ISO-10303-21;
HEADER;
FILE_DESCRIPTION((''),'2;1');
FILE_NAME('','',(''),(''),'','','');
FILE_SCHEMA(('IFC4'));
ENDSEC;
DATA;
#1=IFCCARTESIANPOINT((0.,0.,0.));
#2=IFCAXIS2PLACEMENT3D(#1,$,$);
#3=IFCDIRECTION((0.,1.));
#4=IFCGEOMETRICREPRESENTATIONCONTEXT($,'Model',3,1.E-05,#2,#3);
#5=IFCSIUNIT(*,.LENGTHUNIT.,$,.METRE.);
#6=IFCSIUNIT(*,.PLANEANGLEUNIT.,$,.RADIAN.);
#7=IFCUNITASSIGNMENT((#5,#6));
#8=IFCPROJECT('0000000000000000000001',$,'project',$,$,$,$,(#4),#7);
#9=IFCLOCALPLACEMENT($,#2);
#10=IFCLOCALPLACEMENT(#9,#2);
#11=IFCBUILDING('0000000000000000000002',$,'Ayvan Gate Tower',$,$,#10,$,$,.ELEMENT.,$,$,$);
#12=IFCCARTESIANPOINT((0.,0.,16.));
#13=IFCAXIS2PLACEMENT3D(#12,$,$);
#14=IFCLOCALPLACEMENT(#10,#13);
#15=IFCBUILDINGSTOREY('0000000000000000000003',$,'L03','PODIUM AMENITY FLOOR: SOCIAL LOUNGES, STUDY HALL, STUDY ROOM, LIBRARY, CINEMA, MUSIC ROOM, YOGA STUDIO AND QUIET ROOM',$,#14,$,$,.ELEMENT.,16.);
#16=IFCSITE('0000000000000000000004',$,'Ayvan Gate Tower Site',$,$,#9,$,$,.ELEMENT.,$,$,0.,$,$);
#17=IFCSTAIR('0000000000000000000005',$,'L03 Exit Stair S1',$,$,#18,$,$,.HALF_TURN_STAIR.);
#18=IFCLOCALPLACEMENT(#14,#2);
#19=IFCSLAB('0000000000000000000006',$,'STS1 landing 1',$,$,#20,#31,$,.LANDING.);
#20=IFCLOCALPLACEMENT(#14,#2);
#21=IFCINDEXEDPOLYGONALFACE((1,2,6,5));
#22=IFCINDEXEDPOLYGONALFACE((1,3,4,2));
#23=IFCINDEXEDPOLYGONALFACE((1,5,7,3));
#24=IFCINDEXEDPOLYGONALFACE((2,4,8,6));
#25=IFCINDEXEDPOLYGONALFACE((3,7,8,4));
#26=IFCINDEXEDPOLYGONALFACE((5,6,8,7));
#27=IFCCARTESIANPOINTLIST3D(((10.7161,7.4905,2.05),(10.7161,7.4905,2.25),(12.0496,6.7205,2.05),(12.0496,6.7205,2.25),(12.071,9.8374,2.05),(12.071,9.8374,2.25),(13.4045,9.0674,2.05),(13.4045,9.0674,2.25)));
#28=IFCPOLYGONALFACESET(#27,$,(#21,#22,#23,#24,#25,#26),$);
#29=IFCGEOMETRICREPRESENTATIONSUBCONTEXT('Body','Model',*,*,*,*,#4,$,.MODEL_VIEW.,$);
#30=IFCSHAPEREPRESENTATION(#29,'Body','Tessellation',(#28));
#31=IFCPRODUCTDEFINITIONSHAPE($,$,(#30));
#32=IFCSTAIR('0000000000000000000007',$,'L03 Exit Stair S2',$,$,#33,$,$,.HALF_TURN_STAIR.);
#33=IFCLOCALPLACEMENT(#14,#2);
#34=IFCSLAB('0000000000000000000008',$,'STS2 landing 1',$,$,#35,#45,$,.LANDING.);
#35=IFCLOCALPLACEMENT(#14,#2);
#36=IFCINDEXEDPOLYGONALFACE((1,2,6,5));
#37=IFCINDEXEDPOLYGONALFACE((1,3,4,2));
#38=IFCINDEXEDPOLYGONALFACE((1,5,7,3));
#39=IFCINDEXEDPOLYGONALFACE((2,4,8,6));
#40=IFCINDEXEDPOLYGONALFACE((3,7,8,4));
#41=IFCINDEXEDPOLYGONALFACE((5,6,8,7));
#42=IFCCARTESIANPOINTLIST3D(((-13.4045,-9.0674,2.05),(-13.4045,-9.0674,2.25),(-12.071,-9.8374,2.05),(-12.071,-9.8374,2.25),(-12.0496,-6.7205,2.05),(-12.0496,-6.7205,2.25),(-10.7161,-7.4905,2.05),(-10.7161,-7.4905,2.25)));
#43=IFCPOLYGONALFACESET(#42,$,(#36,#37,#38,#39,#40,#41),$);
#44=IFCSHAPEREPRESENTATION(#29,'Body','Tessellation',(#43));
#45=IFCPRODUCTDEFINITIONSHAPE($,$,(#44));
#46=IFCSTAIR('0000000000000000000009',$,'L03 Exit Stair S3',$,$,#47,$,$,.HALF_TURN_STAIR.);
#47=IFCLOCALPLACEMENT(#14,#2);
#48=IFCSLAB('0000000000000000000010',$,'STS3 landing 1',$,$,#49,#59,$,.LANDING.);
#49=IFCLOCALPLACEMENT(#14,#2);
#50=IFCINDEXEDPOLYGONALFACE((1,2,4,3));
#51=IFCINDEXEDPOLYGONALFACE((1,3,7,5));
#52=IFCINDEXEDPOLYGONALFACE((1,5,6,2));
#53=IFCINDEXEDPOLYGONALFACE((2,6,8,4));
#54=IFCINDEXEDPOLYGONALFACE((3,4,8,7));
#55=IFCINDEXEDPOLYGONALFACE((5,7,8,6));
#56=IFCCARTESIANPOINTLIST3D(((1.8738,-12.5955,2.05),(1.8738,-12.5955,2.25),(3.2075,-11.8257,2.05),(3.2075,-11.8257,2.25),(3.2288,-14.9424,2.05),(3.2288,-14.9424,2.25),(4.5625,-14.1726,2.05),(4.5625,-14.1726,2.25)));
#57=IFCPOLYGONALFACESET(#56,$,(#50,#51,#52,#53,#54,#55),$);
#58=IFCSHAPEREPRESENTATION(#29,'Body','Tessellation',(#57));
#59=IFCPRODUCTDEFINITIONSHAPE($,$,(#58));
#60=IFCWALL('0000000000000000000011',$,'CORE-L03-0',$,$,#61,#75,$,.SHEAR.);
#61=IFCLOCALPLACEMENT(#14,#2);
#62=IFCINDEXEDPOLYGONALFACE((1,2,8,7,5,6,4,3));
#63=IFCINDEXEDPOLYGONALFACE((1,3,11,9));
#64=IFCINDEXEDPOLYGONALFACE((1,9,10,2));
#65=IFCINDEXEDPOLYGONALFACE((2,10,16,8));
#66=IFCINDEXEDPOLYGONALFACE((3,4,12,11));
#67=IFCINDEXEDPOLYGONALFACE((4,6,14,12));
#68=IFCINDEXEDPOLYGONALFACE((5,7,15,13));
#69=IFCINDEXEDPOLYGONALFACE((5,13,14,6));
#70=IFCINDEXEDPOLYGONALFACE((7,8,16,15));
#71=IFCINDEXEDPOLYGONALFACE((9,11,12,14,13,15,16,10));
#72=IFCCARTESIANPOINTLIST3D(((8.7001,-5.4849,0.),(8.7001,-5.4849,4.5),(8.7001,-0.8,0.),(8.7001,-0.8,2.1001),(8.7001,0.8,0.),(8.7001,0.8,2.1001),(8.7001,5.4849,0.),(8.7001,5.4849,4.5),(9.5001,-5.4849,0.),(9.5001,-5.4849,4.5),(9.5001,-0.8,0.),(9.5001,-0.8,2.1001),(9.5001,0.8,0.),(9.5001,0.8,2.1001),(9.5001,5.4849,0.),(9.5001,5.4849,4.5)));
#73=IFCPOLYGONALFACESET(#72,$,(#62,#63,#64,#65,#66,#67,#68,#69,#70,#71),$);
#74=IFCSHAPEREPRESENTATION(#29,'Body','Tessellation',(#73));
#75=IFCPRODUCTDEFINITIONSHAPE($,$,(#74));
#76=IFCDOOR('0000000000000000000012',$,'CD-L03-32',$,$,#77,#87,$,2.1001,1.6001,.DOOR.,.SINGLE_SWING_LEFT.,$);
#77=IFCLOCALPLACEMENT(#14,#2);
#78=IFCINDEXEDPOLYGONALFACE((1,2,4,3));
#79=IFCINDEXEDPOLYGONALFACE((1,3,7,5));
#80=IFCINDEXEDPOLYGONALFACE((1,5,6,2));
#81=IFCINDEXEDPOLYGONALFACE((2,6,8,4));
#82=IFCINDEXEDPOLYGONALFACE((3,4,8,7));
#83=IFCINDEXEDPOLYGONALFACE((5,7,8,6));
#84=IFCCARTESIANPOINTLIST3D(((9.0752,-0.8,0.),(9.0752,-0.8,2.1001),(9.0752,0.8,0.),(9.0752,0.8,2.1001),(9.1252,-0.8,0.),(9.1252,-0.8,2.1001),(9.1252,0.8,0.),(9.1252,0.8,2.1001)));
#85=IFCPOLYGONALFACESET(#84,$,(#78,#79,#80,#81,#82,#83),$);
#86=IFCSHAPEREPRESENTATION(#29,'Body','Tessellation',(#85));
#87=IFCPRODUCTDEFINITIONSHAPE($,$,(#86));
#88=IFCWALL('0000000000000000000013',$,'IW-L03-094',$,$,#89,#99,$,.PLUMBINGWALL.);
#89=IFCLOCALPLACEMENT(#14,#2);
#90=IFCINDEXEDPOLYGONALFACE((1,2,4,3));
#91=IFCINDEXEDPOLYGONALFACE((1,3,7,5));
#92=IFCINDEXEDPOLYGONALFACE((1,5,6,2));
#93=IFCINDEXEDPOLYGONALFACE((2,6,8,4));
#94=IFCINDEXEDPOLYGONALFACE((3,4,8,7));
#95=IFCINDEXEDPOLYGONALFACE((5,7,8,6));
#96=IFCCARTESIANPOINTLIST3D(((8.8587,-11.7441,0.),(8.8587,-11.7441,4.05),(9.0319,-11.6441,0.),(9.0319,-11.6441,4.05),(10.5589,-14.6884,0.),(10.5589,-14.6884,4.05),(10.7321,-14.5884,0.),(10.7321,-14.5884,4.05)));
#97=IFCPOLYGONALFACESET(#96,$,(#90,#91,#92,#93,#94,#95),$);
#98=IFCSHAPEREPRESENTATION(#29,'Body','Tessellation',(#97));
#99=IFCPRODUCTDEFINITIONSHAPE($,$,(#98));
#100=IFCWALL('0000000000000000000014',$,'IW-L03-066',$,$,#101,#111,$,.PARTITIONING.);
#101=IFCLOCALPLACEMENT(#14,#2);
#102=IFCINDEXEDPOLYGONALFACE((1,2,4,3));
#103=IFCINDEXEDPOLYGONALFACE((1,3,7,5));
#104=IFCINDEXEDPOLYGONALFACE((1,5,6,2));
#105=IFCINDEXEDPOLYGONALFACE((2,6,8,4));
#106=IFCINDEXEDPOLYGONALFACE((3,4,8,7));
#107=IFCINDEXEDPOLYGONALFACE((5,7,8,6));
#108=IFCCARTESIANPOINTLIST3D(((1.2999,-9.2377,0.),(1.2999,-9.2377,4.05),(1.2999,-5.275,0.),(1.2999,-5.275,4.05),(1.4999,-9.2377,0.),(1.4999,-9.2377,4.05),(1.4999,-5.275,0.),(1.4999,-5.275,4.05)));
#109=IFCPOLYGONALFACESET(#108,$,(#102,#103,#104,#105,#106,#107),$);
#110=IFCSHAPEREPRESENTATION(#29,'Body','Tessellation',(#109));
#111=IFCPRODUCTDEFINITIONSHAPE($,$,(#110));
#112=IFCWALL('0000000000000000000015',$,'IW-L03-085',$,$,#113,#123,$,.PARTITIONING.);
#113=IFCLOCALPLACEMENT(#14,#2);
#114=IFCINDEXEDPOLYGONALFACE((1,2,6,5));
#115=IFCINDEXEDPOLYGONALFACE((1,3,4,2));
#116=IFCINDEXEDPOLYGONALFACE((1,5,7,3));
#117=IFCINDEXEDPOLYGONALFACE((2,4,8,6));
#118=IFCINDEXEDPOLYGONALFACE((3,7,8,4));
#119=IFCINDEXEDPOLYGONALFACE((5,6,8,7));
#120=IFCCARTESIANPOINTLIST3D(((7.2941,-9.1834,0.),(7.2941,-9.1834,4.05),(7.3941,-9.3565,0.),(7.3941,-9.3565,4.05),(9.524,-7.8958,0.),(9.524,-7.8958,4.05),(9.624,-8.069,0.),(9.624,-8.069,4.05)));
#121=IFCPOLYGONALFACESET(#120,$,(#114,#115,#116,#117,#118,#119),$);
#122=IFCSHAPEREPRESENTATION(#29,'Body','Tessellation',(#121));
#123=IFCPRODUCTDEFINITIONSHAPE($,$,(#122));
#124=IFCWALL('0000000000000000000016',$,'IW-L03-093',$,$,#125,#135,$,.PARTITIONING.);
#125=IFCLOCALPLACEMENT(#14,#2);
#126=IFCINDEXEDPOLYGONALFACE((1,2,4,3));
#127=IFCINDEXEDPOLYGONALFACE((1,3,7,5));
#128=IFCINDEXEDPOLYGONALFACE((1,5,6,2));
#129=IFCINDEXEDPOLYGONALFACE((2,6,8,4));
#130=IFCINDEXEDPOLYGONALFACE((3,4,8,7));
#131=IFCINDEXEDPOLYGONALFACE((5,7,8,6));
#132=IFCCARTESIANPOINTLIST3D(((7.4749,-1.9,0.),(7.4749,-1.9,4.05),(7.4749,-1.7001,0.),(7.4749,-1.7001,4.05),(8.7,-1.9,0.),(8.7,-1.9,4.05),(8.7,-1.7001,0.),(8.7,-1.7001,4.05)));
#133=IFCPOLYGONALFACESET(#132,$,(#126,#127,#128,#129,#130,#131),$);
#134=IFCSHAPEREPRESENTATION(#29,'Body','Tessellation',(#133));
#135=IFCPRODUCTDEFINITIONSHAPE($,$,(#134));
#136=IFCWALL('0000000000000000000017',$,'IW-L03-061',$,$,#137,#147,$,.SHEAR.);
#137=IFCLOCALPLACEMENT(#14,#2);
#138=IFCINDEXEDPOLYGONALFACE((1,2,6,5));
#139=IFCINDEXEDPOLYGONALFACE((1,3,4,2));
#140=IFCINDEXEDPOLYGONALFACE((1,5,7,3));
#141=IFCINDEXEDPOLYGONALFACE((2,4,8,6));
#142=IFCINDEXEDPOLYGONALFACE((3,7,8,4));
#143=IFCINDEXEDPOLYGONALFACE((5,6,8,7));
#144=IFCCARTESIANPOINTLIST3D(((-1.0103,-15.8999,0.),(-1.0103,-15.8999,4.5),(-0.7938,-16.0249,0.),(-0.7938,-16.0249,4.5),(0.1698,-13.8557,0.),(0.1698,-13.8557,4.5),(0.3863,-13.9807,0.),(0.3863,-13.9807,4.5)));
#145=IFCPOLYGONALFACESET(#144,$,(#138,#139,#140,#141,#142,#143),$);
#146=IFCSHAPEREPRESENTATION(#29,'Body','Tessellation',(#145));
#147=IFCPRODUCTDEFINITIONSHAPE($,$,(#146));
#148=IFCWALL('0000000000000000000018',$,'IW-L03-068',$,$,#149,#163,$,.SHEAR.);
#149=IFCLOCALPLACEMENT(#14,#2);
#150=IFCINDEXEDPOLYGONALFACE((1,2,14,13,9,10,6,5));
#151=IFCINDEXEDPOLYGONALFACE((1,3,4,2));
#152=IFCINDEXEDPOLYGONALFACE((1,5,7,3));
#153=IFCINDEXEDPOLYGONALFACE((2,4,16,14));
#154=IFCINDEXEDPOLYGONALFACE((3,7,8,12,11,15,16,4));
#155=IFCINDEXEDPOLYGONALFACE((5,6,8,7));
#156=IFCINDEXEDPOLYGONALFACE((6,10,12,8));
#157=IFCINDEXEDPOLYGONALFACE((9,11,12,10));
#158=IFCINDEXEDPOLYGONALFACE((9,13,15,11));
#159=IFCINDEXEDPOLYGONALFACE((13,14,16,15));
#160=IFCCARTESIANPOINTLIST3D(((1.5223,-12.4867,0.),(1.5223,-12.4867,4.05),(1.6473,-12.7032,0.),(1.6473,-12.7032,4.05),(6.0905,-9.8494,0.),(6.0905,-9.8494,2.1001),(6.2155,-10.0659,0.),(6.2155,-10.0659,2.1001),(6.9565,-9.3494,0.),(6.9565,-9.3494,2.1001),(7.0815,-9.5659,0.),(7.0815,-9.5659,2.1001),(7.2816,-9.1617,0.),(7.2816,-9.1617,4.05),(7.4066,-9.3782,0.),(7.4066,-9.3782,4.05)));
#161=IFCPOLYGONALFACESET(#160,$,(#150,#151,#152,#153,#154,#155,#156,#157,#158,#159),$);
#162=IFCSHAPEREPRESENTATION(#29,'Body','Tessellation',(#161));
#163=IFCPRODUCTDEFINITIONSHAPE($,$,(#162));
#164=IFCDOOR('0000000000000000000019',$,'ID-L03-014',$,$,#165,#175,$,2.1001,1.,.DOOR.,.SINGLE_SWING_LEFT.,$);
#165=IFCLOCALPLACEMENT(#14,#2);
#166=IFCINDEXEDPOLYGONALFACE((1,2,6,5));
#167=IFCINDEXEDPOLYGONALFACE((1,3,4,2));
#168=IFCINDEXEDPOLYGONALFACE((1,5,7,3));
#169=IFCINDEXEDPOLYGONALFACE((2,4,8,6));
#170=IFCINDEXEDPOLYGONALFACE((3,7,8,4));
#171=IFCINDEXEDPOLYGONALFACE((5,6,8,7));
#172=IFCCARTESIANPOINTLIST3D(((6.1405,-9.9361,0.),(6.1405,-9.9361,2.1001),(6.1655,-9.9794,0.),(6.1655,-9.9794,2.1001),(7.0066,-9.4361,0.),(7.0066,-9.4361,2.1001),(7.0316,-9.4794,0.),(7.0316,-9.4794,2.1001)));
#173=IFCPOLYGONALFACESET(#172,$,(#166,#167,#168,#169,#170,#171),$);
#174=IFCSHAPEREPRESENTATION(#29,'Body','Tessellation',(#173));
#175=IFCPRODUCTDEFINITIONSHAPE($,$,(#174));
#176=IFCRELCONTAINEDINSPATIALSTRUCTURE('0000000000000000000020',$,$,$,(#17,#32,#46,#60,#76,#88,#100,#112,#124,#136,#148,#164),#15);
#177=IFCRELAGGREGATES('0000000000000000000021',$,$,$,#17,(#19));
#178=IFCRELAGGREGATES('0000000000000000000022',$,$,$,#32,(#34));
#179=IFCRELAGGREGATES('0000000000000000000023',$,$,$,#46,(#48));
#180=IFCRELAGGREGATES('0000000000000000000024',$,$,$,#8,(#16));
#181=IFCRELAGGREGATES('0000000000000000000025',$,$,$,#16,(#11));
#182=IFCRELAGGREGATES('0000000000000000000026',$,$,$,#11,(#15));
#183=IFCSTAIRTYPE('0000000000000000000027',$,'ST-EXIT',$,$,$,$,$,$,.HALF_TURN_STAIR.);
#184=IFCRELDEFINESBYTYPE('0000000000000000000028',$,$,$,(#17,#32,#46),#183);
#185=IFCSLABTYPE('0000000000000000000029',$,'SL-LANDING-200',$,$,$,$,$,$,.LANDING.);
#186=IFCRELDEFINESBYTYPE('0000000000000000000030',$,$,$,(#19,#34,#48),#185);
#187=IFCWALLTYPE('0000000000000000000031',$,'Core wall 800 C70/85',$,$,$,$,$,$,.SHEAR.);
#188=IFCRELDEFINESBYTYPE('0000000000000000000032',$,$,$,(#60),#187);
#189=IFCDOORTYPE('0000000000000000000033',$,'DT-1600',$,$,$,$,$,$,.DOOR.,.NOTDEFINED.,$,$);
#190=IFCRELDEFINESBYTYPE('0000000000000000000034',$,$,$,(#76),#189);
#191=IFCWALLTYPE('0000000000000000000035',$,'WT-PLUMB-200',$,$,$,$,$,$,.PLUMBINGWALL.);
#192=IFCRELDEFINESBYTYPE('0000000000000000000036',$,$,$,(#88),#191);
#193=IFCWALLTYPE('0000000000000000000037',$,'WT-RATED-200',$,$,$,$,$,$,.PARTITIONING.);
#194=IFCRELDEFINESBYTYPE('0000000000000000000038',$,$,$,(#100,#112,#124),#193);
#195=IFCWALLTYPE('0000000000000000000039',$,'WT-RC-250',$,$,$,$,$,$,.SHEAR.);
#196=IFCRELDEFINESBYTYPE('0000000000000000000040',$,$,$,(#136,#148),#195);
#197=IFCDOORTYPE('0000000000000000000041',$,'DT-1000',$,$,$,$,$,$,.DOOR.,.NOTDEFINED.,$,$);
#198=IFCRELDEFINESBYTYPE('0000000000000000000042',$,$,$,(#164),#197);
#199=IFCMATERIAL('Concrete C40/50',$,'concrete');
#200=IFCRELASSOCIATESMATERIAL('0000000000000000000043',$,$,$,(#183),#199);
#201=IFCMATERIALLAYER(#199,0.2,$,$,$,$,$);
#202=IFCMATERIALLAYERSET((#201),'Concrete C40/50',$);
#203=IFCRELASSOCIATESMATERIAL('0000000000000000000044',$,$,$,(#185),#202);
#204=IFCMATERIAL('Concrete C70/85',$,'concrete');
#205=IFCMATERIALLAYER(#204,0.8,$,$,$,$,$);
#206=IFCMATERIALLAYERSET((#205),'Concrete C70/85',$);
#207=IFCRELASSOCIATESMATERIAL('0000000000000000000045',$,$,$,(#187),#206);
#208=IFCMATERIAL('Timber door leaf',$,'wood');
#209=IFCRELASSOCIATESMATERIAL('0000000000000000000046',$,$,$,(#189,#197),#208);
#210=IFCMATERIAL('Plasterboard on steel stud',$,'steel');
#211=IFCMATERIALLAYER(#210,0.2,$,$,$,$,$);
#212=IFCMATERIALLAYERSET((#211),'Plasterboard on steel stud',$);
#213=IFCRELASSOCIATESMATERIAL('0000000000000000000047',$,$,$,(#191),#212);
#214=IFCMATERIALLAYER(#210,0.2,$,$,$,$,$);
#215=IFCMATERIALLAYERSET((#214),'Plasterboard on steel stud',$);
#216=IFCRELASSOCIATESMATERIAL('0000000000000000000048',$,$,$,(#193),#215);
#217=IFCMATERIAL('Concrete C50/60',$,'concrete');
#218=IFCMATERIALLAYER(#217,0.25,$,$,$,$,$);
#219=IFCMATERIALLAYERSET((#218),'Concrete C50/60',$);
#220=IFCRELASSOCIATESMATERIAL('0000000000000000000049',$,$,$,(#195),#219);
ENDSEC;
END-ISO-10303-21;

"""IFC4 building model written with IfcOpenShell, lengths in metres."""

from ifc_helpers import new_model, si_unit, direction, frame, frame_2d, origin, place, context, subcontext, project, spatial, polyline, rectangle, outline, extrude, material, layer, layer_set, type_object, element, fill, aggregate, save


model = new_model("IFC4")

# Units and contexts
model_context = context("Model", 3, precision=1e-05, world=origin(), true_north=direction((0.0, 1.0)))
body_context = subcontext(model_context, "Body", "Model", "MODEL_VIEW")
ifc_project = project(units=[si_unit("LENGTHUNIT", "METRE"), si_unit("PLANEANGLEUNIT", "RADIAN")], contexts=[model_context])

# Site, building, storey
site_placement = place(None, origin())
site = spatial("IfcSite", under=ifc_project, at=site_placement, Name="Ayvan Gate Tower Site", CompositionType="ELEMENT", RefElevation=0.0)
building_placement = place(site_placement, origin())
building = spatial("IfcBuilding", under=site, at=building_placement, Name="Ayvan Gate Tower", CompositionType="ELEMENT")
storey_placement = place(building_placement, frame((0.0, 0.0, 16.0)))
storey = spatial("IfcBuildingStorey", under=building, at=storey_placement, Name="L03", Description="PODIUM AMENITY FLOOR: SOCIAL LOUNGES, STUDY HALL, STUDY ROOM, LIBRARY, CINEMA, MUSIC ROOM, YOGA STUDIO AND QUIET ROOM", CompositionType="ELEMENT", Elevation=16.0)

# Stairs, slabs
ifc_material_1 = material(Name="Concrete C40/50", Category="concrete")
stair_type = type_object("IfcStairType", Name="ST-EXIT", PredefinedType="HALF_TURN_STAIR", material=ifc_material_1)
stair_1_placement = place(storey_placement, origin())
stair_1 = element("IfcStair", 1, at=stair_1_placement, inside=storey, type_object=stair_type, Name="L03 Exit Stair S1", PredefinedType="HALF_TURN_STAIR")
ifc_layer_1 = layer(ifc_material_1, 0.2)
ifc_layer_set_1 = layer_set([ifc_layer_1], Name="Concrete C40/50")
slab_type = type_object("IfcSlabType", Name="SL-LANDING-200", PredefinedType="LANDING", material=ifc_layer_set_1)
slab_1_placement = place(storey_placement, frame((0.0, 0.0, 2.05)))
slab_1 = element("IfcSlab", 2, at=slab_1_placement, type_object=slab_type, Name="STS1 landing 1", PredefinedType="LANDING", context=body_context, shape_type="SweptSolid", body=[
    extrude(outline(polyline([(10.7161, 7.4905), (12.0496, 6.7205), (13.4045, 9.0674), (12.071, 9.8374), (10.7161, 7.4905)])), origin(), (0.0, 0.0, 1.0), 0.2),
])
aggregate(stair_1, [slab_1])
stair_2_placement = place(storey_placement, origin())
stair_2 = element("IfcStair", 3, at=stair_2_placement, inside=storey, type_object=stair_type, Name="L03 Exit Stair S2", PredefinedType="HALF_TURN_STAIR")
slab_2_placement = place(storey_placement, frame((0.0, 0.0, 2.05)))
slab_2 = element("IfcSlab", 4, at=slab_2_placement, type_object=slab_type, Name="STS2 landing 1", PredefinedType="LANDING", context=body_context, shape_type="SweptSolid", body=[
    extrude(outline(polyline([(-10.7161, -7.4905), (-12.0496, -6.7205), (-13.4045, -9.0674), (-12.071, -9.8374), (-10.7161, -7.4905)])), origin(), (0.0, 0.0, 1.0), 0.2),
])
aggregate(stair_2, [slab_2])
stair_3_placement = place(storey_placement, origin())
stair_3 = element("IfcStair", 5, at=stair_3_placement, inside=storey, type_object=stair_type, Name="L03 Exit Stair S3", PredefinedType="HALF_TURN_STAIR")
slab_3_placement = place(storey_placement, frame((0.0, 0.0, 2.05)))
slab_3 = element("IfcSlab", 6, at=slab_3_placement, type_object=slab_type, Name="STS3 landing 1", PredefinedType="LANDING", context=body_context, shape_type="SweptSolid", body=[
    extrude(outline(polyline([(3.2075, -11.8257), (1.8738, -12.5955), (3.2288, -14.9424), (4.5625, -14.1726), (3.2075, -11.8257)])), origin(), (0.0, 0.0, 1.0), 0.2),
])
aggregate(stair_3, [slab_3])

# Wall, opening, door
ifc_material_2 = material(Name="Concrete C70/85", Category="concrete")
ifc_layer_2 = layer(ifc_material_2, 0.8)
ifc_layer_set_2 = layer_set([ifc_layer_2], Name="Concrete C70/85")
wall_type_1 = type_object("IfcWallType", Name="Core wall 800 C70/85", PredefinedType="SHEAR", material=ifc_layer_set_2)
wall_1_placement = place(storey_placement, frame((9.1001, -5.4849, 0.0), z_axis=(0.0, 0.0, 1.0), x_axis=(0.0, 1.0, 0.0)))
wall_1 = element("IfcWall", 7, at=wall_1_placement, inside=storey, type_object=wall_type_1, Name="CORE-L03-0", PredefinedType="SHEAR", context=body_context, shape_type="SweptSolid", body=[
    extrude(rectangle(XDim=10.9697, YDim=0.8, at=frame_2d((5.4849, 0.0))), origin(), (0.0, 0.0, 1.0), 4.5),
])
opening_1_placement = place(wall_1_placement, frame((4.6848, 0.0, 0.0)))
opening_1 = element("IfcOpeningElement", 8, at=opening_1_placement, cuts=wall_1, PredefinedType="OPENING", context=body_context, shape_type="SweptSolid", body=[
    extrude(rectangle(XDim=1.6001, YDim=2.1001, at=frame_2d((0.8, 1.05))), frame((0.0, 0.4099, 0.0), z_axis=(0.0, -1.0, 0.0), x_axis=(1.0, 0.0, 0.0)), (0.0, 0.0, 1.0), 0.8201),
])
ifc_material_3 = material(Name="Timber door leaf", Category="wood")
door_type_1 = type_object("IfcDoorType", Name="DT-1600", OperationType="NOTDEFINED", PredefinedType="DOOR", material=ifc_material_3)
door_1_placement = place(opening_1_placement, origin())
door_1 = element("IfcDoor", 9, at=door_1_placement, inside=storey, type_object=door_type_1, Name="CD-L03-32", OperationType="SINGLE_SWING_LEFT", OverallHeight=2.1001, OverallWidth=1.6001, PredefinedType="DOOR", context=body_context, shape_type="SweptSolid", body=[
    extrude(rectangle(XDim=1.6001, YDim=2.1001, at=frame_2d((0.8, 1.05))), frame((0.0, 0.0249, 0.0), z_axis=(0.0, -1.0, 0.0), x_axis=(1.0, 0.0, 0.0)), (0.0, 0.0, 1.0), 0.05),
])
fill(opening_1, door_1)

# Walls
ifc_material_4 = material(Name="Plasterboard on steel stud", Category="steel")
ifc_layer_3 = layer(ifc_material_4, 0.2)
ifc_layer_set_3 = layer_set([ifc_layer_3], Name="Plasterboard on steel stud")
wall_type_2 = type_object("IfcWallType", Name="WT-PLUMB-200", PredefinedType="PLUMBINGWALL", material=ifc_layer_set_3)
wall_2_placement = place(storey_placement, frame((8.9453, -11.6941, 0.0), z_axis=(0.0, 0.0, 1.0), x_axis=(0.500062, -0.865989, 0.0)))
element("IfcWall", 10, at=wall_2_placement, inside=storey, type_object=wall_type_2, Name="IW-L03-094", PredefinedType="PLUMBINGWALL", context=body_context, shape_type="SweptSolid", body=[
    extrude(rectangle(XDim=3.3999, YDim=0.2, at=frame_2d((1.7, 0.0))), origin(), (0.0, 0.0, 1.0), 4.05),
])
ifc_layer_4 = layer(ifc_material_4, 0.2)
ifc_layer_set_4 = layer_set([ifc_layer_4], Name="Plasterboard on steel stud")
wall_type_3 = type_object("IfcWallType", Name="WT-RATED-200", PredefinedType="PARTITIONING", material=ifc_layer_set_4)
wall_3_placement = place(storey_placement, frame((1.3999, -5.2749, 0.0), z_axis=(0.0, 0.0, 1.0), x_axis=(0.0, -1.0, 0.0)))
element("IfcWall", 11, at=wall_3_placement, inside=storey, type_object=wall_type_3, Name="IW-L03-066", PredefinedType="PARTITIONING", context=body_context, shape_type="SweptSolid", body=[
    extrude(rectangle(XDim=3.9626, YDim=0.2, at=frame_2d((1.9814, 0.0))), origin(), (0.0, 0.0, 1.0), 4.05),
])
wall_4_placement = place(storey_placement, frame((7.344, -9.27, 0.0), z_axis=(0.0, 0.0, 1.0), x_axis=(0.866006, 0.500034, 0.0)))
element("IfcWall", 12, at=wall_4_placement, inside=storey, type_object=wall_type_3, Name="IW-L03-085", PredefinedType="PARTITIONING", context=body_context, shape_type="SweptSolid", body=[
    extrude(rectangle(XDim=2.575, YDim=0.2, at=frame_2d((1.2876, 0.0))), origin(), (0.0, 0.0, 1.0), 4.05),
])
wall_5_placement = place(storey_placement, frame((8.7, -1.8, 0.0), z_axis=(0.0, 0.0, 1.0), x_axis=(-1.0, 0.0, 0.0)))
element("IfcWall", 13, at=wall_5_placement, inside=storey, type_object=wall_type_3, Name="IW-L03-093", PredefinedType="PARTITIONING", context=body_context, shape_type="SweptSolid", body=[
    extrude(rectangle(XDim=1.2251, YDim=0.2, at=frame_2d((0.6125, 0.0))), origin(), (0.0, 0.0, 1.0), 4.05),
])
ifc_material_5 = material(Name="Concrete C50/60", Category="concrete")
ifc_layer_5 = layer(ifc_material_5, 0.25)
ifc_layer_set_5 = layer_set([ifc_layer_5], Name="Concrete C50/60")
wall_type_4 = type_object("IfcWallType", Name="WT-RC-250", PredefinedType="SHEAR", material=ifc_layer_set_5)
wall_6_placement = place(storey_placement, frame((0.2781, -13.9182, 0.0), z_axis=(0.0, 0.0, 1.0), x_axis=(-0.499988, -0.866032, 0.0)))
element("IfcWall", 14, at=wall_6_placement, inside=storey, type_object=wall_type_4, Name="IW-L03-061", PredefinedType="SHEAR", context=body_context, shape_type="SweptSolid", body=[
    extrude(rectangle(XDim=2.3604, YDim=0.25, at=frame_2d((1.1802, 0.0))), origin(), (0.0, 0.0, 1.0), 4.5),
])

# Wall, opening, door
wall_7_placement = place(storey_placement, frame((1.5847, -12.595, 0.0), z_axis=(0.0, 0.0, 1.0), x_axis=(0.866036, 0.499981, 0.0)))
wall_7 = element("IfcWall", 15, at=wall_7_placement, inside=storey, type_object=wall_type_4, Name="IW-L03-068", PredefinedType="SHEAR", context=body_context, shape_type="SweptSolid", body=[
    extrude(rectangle(XDim=6.6501, YDim=0.25, at=frame_2d((3.3252, 0.0))), origin(), (0.0, 0.0, 1.0), 4.05),
])
opening_2_placement = place(wall_7_placement, frame((5.2749, 0.0, 0.0)))
opening_2 = element("IfcOpeningElement", 16, at=opening_2_placement, cuts=wall_7, PredefinedType="OPENING", context=body_context, shape_type="SweptSolid", body=[
    extrude(rectangle(XDim=1.0, YDim=2.1001, at=frame_2d((0.5, 1.05))), frame((0.0, 0.135, 0.0), z_axis=(0.0, -1.0, 0.0), x_axis=(1.0, 0.0, 0.0)), (0.0, 0.0, 1.0), 0.27),
])
door_type_2 = type_object("IfcDoorType", Name="DT-1000", OperationType="NOTDEFINED", PredefinedType="DOOR", material=ifc_material_3)
door_2_placement = place(opening_2_placement, origin())
door_2 = element("IfcDoor", 17, at=door_2_placement, inside=storey, type_object=door_type_2, Name="ID-L03-014", OperationType="SINGLE_SWING_LEFT", OverallHeight=2.1001, OverallWidth=1.0, PredefinedType="DOOR", context=body_context, shape_type="SweptSolid", body=[
    extrude(rectangle(XDim=1.0, YDim=2.1001, at=frame_2d((0.5, 1.05))), frame((0.0, 0.0249, 0.0), z_axis=(0.0, -1.0, 0.0), x_axis=(1.0, 0.0, 0.0)), (0.0, 0.0, 1.0), 0.05),
])
fill(opening_2, door_2)

save(model, "model.ifc")
